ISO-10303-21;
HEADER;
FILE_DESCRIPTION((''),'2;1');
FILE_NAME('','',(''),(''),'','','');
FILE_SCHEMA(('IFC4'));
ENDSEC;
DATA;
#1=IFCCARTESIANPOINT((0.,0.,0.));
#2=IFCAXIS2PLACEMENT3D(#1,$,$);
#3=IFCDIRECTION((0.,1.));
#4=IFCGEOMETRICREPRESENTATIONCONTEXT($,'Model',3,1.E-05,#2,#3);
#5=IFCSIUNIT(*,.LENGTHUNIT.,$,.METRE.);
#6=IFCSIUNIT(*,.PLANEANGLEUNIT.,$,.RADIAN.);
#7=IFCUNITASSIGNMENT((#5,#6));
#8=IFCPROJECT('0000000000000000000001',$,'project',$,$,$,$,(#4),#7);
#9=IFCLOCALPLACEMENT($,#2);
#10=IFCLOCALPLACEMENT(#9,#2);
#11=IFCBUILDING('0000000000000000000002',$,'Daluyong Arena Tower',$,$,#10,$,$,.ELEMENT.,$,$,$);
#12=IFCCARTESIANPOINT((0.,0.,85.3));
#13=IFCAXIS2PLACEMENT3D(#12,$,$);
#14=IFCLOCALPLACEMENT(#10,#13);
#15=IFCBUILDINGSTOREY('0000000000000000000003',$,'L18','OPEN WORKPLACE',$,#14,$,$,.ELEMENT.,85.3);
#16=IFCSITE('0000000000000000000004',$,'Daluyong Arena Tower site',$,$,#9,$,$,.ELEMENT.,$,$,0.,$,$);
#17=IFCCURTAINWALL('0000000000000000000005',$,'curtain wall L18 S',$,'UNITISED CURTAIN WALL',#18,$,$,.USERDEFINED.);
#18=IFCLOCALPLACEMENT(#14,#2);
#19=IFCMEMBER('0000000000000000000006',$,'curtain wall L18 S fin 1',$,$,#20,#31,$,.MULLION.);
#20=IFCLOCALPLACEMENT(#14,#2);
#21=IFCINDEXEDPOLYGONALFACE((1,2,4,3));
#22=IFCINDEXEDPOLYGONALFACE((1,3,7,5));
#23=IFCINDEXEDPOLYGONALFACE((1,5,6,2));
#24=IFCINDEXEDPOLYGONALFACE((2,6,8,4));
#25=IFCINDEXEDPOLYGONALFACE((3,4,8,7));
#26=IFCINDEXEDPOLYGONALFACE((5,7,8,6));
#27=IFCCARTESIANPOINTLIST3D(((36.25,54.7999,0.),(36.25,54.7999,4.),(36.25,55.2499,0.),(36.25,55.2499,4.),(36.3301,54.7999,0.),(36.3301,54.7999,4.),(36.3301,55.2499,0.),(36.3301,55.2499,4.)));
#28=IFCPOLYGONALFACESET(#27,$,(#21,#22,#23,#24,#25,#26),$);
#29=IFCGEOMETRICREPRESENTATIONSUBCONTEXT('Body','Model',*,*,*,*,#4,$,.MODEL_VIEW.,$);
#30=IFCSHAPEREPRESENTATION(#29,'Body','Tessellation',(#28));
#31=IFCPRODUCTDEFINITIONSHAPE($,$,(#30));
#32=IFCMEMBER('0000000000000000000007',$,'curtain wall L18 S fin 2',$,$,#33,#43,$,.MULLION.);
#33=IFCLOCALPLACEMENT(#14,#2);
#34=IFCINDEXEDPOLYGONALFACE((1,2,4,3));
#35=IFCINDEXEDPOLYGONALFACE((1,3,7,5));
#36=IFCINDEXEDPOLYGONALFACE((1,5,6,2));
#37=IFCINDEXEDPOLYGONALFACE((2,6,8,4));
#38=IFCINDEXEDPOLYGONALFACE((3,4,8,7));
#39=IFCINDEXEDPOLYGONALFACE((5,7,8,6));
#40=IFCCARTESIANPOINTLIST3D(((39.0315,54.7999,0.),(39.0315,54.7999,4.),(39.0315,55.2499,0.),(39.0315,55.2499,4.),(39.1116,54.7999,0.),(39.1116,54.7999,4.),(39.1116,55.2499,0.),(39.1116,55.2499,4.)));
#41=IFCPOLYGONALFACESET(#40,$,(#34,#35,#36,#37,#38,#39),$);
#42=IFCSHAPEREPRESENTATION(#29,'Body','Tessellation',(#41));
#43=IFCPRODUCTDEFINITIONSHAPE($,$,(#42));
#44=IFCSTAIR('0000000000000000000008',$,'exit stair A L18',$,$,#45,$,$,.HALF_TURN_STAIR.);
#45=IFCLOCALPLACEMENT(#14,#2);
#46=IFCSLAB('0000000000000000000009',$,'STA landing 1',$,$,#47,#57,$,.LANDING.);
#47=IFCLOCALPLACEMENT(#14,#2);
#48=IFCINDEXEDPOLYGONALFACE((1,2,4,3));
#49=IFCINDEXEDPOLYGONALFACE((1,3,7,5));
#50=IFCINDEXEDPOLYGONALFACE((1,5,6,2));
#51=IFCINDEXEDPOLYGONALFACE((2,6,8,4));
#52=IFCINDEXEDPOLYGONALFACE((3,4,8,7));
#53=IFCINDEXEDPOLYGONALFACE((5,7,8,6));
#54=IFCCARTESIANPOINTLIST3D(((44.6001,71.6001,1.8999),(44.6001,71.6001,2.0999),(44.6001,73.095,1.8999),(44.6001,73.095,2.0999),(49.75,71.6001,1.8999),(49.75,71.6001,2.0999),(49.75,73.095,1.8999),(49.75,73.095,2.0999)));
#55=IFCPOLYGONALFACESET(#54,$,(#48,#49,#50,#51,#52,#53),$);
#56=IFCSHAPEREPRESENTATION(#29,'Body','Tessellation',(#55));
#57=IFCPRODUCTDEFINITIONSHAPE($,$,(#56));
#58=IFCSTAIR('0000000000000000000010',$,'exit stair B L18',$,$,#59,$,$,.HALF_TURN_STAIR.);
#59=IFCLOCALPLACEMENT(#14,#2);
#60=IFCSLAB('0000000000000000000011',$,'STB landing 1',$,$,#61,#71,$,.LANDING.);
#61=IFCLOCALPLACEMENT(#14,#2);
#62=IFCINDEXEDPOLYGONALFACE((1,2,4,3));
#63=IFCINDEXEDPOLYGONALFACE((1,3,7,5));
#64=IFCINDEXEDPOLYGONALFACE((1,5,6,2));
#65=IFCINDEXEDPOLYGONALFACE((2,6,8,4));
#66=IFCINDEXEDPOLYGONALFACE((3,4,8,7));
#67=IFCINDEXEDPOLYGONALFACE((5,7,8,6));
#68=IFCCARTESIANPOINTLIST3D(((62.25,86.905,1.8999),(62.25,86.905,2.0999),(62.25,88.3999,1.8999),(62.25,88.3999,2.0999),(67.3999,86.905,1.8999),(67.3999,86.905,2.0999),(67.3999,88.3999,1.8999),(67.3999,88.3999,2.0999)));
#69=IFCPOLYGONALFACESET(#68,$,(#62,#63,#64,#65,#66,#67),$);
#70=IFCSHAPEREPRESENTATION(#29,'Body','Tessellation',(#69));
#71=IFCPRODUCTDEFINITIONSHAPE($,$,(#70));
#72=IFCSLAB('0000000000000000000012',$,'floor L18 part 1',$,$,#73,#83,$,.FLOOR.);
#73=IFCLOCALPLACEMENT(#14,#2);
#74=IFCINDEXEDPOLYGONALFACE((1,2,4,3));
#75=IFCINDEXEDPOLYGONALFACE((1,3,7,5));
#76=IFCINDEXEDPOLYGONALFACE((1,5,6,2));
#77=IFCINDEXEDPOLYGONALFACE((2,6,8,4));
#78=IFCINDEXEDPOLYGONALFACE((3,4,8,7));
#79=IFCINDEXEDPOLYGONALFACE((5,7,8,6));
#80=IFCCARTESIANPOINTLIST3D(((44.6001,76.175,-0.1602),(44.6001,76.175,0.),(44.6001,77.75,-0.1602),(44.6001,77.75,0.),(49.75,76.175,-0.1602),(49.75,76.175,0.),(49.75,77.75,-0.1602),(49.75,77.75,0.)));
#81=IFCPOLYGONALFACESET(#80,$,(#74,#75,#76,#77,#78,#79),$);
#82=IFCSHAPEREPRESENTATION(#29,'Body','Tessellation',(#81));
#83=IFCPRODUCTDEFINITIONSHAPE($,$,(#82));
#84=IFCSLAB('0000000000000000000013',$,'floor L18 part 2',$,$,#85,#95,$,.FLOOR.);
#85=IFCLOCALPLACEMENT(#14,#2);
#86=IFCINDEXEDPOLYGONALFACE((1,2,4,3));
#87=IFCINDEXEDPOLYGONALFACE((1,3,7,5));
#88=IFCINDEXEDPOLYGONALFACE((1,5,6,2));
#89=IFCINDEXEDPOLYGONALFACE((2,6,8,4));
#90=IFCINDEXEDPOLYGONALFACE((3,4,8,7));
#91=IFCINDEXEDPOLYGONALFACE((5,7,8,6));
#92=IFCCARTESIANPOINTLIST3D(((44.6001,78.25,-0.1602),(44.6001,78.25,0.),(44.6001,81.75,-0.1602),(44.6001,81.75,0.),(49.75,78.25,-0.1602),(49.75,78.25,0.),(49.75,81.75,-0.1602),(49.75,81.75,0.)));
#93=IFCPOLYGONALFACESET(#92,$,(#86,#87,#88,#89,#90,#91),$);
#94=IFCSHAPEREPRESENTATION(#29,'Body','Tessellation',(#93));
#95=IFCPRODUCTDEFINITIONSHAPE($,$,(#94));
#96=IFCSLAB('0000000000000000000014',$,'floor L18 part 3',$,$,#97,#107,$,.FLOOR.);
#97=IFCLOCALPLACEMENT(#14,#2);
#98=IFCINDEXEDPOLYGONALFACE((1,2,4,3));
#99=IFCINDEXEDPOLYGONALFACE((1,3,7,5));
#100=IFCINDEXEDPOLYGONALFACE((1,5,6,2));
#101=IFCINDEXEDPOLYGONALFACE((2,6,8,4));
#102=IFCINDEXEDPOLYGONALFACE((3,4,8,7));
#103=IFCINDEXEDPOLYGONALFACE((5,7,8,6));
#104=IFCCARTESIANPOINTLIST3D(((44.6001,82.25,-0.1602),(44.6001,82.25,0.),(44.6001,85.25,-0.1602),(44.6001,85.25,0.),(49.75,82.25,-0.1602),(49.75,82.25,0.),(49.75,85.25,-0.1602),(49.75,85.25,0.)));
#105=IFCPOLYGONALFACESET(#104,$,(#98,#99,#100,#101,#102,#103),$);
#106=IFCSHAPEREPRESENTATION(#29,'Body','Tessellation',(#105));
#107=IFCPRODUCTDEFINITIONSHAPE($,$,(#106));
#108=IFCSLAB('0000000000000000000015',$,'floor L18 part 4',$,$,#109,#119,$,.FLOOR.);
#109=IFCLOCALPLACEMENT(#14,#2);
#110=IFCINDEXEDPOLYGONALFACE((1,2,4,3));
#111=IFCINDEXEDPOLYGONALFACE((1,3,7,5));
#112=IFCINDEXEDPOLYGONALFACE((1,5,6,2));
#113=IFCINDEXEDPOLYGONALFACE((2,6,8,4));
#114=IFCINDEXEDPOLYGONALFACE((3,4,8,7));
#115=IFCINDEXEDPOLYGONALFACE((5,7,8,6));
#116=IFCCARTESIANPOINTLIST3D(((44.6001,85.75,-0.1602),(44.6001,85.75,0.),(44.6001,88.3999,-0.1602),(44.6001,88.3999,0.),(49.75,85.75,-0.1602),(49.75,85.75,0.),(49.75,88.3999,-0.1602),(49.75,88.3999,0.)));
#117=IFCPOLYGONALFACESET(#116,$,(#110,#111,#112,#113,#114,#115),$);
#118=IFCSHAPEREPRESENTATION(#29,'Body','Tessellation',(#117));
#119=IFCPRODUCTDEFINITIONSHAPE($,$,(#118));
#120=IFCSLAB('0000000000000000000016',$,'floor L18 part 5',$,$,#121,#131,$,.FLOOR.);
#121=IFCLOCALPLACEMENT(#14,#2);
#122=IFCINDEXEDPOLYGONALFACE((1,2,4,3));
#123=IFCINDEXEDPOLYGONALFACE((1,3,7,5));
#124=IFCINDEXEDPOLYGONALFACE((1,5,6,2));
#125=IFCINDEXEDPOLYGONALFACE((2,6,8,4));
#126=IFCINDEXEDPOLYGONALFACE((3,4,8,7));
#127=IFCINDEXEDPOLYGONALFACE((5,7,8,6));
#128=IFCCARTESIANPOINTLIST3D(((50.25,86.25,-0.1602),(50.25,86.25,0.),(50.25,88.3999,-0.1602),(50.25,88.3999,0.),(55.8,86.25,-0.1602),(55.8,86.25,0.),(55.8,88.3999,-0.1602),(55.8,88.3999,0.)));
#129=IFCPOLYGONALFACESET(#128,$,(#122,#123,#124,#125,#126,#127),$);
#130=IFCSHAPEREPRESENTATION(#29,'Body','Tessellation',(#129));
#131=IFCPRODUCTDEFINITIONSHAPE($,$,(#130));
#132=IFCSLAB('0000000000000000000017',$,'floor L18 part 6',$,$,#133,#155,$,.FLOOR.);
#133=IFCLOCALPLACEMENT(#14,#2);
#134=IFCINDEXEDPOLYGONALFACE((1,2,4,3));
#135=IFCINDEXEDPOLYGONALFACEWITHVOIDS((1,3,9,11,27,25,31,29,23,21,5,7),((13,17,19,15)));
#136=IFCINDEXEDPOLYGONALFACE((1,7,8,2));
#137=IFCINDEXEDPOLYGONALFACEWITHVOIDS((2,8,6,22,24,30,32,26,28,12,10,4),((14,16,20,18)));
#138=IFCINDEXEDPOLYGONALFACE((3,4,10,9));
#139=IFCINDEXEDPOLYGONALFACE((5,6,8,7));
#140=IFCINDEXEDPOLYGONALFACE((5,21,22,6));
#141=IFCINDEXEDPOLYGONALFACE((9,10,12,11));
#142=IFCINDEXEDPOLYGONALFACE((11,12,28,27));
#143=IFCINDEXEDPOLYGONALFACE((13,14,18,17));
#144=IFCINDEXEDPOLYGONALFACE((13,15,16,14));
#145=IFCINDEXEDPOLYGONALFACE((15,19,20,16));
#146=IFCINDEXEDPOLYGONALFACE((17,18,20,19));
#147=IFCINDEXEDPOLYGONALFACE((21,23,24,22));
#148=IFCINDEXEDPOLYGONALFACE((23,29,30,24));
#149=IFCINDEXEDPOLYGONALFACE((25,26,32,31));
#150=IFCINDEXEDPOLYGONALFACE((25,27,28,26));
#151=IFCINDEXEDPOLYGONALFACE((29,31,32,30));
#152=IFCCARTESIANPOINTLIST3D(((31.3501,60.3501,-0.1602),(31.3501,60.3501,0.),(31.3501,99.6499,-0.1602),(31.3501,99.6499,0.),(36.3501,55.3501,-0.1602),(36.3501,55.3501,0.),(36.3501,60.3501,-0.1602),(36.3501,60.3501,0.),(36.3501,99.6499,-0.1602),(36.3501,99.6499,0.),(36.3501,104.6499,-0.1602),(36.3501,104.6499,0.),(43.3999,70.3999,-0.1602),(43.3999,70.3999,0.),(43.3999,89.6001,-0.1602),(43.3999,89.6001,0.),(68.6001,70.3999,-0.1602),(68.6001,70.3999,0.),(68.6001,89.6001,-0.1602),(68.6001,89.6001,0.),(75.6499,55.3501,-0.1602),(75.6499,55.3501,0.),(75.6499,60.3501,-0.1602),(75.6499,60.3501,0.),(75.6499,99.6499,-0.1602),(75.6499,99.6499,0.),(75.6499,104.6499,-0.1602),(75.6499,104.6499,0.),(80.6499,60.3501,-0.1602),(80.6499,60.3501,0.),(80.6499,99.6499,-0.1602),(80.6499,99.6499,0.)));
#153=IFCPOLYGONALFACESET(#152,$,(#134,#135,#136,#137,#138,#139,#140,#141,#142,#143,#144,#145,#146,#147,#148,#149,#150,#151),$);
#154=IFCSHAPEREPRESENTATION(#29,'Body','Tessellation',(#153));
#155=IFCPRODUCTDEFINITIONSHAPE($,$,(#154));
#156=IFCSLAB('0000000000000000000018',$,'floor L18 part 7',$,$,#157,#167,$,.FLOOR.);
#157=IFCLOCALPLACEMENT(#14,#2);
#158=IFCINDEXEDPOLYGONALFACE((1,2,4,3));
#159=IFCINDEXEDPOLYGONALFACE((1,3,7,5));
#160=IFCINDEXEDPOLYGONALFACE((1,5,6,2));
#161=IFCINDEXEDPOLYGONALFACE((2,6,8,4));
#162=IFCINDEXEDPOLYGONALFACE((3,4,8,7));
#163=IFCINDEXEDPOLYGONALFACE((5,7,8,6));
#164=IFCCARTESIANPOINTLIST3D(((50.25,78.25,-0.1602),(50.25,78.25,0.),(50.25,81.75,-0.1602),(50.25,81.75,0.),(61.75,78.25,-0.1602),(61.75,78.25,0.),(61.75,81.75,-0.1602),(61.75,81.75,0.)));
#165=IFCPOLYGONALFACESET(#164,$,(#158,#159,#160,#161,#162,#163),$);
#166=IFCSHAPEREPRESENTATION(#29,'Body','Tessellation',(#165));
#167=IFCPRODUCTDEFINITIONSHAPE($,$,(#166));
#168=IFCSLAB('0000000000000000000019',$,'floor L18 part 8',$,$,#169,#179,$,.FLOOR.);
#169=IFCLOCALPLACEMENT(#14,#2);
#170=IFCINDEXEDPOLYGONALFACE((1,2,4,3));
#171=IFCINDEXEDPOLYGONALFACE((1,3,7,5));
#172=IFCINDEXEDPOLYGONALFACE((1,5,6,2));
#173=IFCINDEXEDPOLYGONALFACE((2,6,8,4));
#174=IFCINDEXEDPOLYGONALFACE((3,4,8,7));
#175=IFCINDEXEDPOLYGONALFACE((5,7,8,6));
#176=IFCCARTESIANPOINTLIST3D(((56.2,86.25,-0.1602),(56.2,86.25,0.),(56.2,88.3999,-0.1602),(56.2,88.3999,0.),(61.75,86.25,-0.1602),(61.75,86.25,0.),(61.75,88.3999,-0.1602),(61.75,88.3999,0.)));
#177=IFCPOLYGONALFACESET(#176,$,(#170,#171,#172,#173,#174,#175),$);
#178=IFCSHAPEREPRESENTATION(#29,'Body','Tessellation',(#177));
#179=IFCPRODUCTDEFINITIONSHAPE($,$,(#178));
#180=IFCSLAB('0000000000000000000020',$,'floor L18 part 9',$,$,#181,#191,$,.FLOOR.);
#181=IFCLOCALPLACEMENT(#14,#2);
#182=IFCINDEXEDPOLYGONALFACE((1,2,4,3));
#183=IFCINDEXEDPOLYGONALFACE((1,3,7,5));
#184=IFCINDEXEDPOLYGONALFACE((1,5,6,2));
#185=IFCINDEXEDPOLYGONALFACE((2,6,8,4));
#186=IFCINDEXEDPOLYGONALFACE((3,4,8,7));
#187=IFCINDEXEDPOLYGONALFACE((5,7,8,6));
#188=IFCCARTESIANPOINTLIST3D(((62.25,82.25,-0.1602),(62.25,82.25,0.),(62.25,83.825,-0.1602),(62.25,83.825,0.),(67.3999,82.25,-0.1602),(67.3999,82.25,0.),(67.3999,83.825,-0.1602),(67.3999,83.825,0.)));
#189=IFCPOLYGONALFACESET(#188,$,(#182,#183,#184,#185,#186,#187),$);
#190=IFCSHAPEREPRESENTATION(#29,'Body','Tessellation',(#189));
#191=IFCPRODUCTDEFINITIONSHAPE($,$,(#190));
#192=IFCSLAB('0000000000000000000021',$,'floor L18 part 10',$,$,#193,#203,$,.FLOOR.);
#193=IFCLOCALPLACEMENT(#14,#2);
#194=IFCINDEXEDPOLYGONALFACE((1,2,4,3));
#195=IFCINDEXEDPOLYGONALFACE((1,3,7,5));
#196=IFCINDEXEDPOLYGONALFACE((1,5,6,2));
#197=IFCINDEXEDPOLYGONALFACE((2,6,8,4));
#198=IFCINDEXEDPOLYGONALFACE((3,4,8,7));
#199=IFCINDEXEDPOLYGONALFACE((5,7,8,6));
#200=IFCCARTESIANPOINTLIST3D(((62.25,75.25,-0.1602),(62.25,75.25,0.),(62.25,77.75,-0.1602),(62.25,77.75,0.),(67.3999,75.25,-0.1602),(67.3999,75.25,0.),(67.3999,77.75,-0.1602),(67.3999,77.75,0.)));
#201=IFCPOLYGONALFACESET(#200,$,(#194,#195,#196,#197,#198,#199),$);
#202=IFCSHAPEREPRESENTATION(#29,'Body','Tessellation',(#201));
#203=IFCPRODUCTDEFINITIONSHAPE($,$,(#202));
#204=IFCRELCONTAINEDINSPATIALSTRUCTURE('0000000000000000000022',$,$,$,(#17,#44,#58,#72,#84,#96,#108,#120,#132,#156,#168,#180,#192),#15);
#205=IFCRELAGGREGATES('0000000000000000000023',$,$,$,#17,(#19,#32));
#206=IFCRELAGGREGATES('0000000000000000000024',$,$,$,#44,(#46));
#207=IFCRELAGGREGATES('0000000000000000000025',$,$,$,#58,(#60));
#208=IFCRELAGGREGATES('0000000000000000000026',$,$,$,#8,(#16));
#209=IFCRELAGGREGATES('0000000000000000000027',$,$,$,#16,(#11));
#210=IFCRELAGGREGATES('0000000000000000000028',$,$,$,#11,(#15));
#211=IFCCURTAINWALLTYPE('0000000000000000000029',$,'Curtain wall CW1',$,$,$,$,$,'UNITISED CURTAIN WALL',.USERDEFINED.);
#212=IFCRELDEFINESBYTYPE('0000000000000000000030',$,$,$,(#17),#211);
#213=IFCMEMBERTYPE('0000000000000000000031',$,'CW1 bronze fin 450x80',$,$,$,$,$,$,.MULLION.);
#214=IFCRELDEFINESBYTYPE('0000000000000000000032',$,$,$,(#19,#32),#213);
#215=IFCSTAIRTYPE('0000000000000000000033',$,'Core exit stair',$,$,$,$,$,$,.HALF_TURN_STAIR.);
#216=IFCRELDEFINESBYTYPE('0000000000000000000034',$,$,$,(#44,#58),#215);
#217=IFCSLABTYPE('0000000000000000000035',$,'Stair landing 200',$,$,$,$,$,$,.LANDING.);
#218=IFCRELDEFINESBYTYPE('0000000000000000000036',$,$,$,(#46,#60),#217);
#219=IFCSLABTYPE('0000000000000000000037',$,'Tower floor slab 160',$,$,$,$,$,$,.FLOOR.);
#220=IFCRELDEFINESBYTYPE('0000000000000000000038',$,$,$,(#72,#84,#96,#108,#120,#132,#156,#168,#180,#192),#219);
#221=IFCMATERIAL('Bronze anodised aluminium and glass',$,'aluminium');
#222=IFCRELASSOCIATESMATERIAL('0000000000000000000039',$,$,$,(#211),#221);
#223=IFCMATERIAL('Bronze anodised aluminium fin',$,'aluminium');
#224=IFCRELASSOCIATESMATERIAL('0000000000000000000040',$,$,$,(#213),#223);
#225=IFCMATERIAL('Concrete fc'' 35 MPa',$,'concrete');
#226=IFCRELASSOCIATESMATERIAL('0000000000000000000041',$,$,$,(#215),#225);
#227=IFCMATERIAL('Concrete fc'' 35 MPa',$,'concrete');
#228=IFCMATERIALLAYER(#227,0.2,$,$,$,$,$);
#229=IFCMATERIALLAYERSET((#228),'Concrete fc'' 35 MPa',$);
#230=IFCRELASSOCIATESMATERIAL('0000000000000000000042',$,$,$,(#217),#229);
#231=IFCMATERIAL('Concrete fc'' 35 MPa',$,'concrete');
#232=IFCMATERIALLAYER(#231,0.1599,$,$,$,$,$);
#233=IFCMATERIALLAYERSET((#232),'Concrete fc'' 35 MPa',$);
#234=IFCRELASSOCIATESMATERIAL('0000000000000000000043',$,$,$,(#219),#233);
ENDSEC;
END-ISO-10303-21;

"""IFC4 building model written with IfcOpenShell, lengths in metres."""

from ifc_helpers import new_model, si_unit, direction, frame, origin, origin_2d, place, context, subcontext, project, spatial, polyline, rectangle, outline, extrude, material, layer, layer_set, material_profile, profile_set, type_object, element, aggregate, save


model = new_model("IFC4")

# Units and contexts
model_context = context("Model", 3, precision=1e-05, world=origin(), true_north=direction((0.0, 1.0)))
body_context = subcontext(model_context, "Body", "Model", "MODEL_VIEW")
ifc_project = project(units=[si_unit("LENGTHUNIT", "METRE"), si_unit("PLANEANGLEUNIT", "RADIAN")], contexts=[model_context])

# Site, building, storey
site_placement = place(None, origin())
site = spatial("IfcSite", under=ifc_project, at=site_placement, Name="Daluyong Arena Tower site", CompositionType="ELEMENT", RefElevation=0.0)
building_placement = place(site_placement, origin())
building = spatial("IfcBuilding", under=site, at=building_placement, Name="Daluyong Arena Tower", CompositionType="ELEMENT")
storey_placement = place(building_placement, frame((0.0, 0.0, 85.3)))
storey = spatial("IfcBuildingStorey", under=building, at=storey_placement, Name="L18", Description="OPEN WORKPLACE", CompositionType="ELEMENT", Elevation=85.3)

# Curtain wall, members
ifc_material_1 = material(Name="Bronze anodised aluminium and glass", Category="aluminium")
curtain_wall_type = type_object("IfcCurtainWallType", Name="Curtain wall CW1", ElementType="UNITISED CURTAIN WALL", PredefinedType="USERDEFINED", material=ifc_material_1)
curtain_wall_placement = place(storey_placement, origin())
curtain_wall = element("IfcCurtainWall", 1, at=curtain_wall_placement, inside=storey, type_object=curtain_wall_type, Name="curtain wall L18 S", ObjectType="UNITISED CURTAIN WALL", PredefinedType="USERDEFINED")
ifc_material_2 = material(Name="Bronze anodised aluminium fin", Category="aluminium")
ifc_material_profile = material_profile(ifc_material_2, rectangle(XDim=0.45, YDim=0.0801, at=origin_2d()))
ifc_profile_set = profile_set([ifc_material_profile], Name="Bronze anodised aluminium fin")
member_type = type_object("IfcMemberType", Name="CW1 bronze fin 450x80", PredefinedType="MULLION", material=ifc_profile_set)
member_1_placement = place(storey_placement, frame((36.29, 55.0249, 0.0), z_axis=(0.0, 0.0, 1.0), x_axis=(0.0, 1.0, 0.0)))
member_1 = element("IfcMember", 2, at=member_1_placement, type_object=member_type, Name="curtain wall L18 S fin 1", PredefinedType="MULLION", context=body_context, shape_type="SweptSolid", body=[
    extrude(rectangle(XDim=0.45, YDim=0.0801, at=origin_2d()), origin(), (0.0, 0.0, 1.0), 4.0),
])
member_2_placement = place(storey_placement, frame((39.0715, 55.0249, 0.0), z_axis=(0.0, 0.0, 1.0), x_axis=(0.0, 1.0, 0.0)))
member_2 = element("IfcMember", 3, at=member_2_placement, type_object=member_type, Name="curtain wall L18 S fin 2", PredefinedType="MULLION", context=body_context, shape_type="SweptSolid", body=[
    extrude(rectangle(XDim=0.45, YDim=0.0801, at=origin_2d()), origin(), (0.0, 0.0, 1.0), 4.0),
])
aggregate(curtain_wall, [member_1, member_2])

# Stairs, slabs
ifc_material_3 = material(Name="Concrete fc' 35 MPa", Category="concrete")
stair_type = type_object("IfcStairType", Name="Core exit stair", PredefinedType="HALF_TURN_STAIR", material=ifc_material_3)
stair_1_placement = place(storey_placement, origin())
stair_1 = element("IfcStair", 4, at=stair_1_placement, inside=storey, type_object=stair_type, Name="exit stair A L18", PredefinedType="HALF_TURN_STAIR")
ifc_material_4 = material(Name="Concrete fc' 35 MPa", Category="concrete")
ifc_layer_1 = layer(ifc_material_4, 0.2)
ifc_layer_set_1 = layer_set([ifc_layer_1], Name="Concrete fc' 35 MPa")
slab_type_1 = type_object("IfcSlabType", Name="Stair landing 200", PredefinedType="LANDING", material=ifc_layer_set_1)
slab_1_placement = place(storey_placement, frame((0.0, 0.0, 1.8999)))
slab_1 = element("IfcSlab", 5, at=slab_1_placement, type_object=slab_type_1, Name="STA landing 1", PredefinedType="LANDING", context=body_context, shape_type="SweptSolid", body=[
    extrude(outline(polyline([(44.6001, 71.6001), (49.75, 71.6001), (49.75, 73.095), (44.6001, 73.095), (44.6001, 71.6001)])), origin(), (0.0, 0.0, 1.0), 0.2),
])
aggregate(stair_1, [slab_1])
stair_2_placement = place(storey_placement, origin())
stair_2 = element("IfcStair", 6, at=stair_2_placement, inside=storey, type_object=stair_type, Name="exit stair B L18", PredefinedType="HALF_TURN_STAIR")
slab_2_placement = place(storey_placement, frame((0.0, 0.0, 1.8999)))
slab_2 = element("IfcSlab", 7, at=slab_2_placement, type_object=slab_type_1, Name="STB landing 1", PredefinedType="LANDING", context=body_context, shape_type="SweptSolid", body=[
    extrude(outline(polyline([(62.25, 86.905), (67.3999, 86.905), (67.3999, 88.3999), (62.25, 88.3999), (62.25, 86.905)])), origin(), (0.0, 0.0, 1.0), 0.2),
])
aggregate(stair_2, [slab_2])

# Slabs
ifc_material_5 = material(Name="Concrete fc' 35 MPa", Category="concrete")
ifc_layer_2 = layer(ifc_material_5, 0.1599)
ifc_layer_set_2 = layer_set([ifc_layer_2], Name="Concrete fc' 35 MPa")
slab_type_2 = type_object("IfcSlabType", Name="Tower floor slab 160", PredefinedType="FLOOR", material=ifc_layer_set_2)
slab_3_placement = place(storey_placement, frame((0.0, 0.0, -0.1602)))
element("IfcSlab", 8, at=slab_3_placement, inside=storey, type_object=slab_type_2, Name="floor L18 part 1", PredefinedType="FLOOR", context=body_context, shape_type="SweptSolid", body=[
    extrude(outline(polyline([(49.75, 76.175), (49.75, 77.75), (44.6001, 77.75), (44.6001, 76.175), (49.75, 76.175)])), origin(), (0.0, 0.0, 1.0), 0.1602),
])
slab_4_placement = place(storey_placement, frame((0.0, 0.0, -0.1602)))
element("IfcSlab", 9, at=slab_4_placement, inside=storey, type_object=slab_type_2, Name="floor L18 part 2", PredefinedType="FLOOR", context=body_context, shape_type="SweptSolid", body=[
    extrude(outline(polyline([(49.75, 78.25), (49.75, 81.75), (44.6001, 81.75), (44.6001, 78.25), (49.75, 78.25)])), origin(), (0.0, 0.0, 1.0), 0.1602),
])
slab_5_placement = place(storey_placement, frame((0.0, 0.0, -0.1602)))
element("IfcSlab", 10, at=slab_5_placement, inside=storey, type_object=slab_type_2, Name="floor L18 part 3", PredefinedType="FLOOR", context=body_context, shape_type="SweptSolid", body=[
    extrude(outline(polyline([(49.75, 82.25), (49.75, 85.25), (44.6001, 85.25), (44.6001, 82.25), (49.75, 82.25)])), origin(), (0.0, 0.0, 1.0), 0.1602),
])
slab_6_placement = place(storey_placement, frame((0.0, 0.0, -0.1602)))
element("IfcSlab", 11, at=slab_6_placement, inside=storey, type_object=slab_type_2, Name="floor L18 part 4", PredefinedType="FLOOR", context=body_context, shape_type="SweptSolid", body=[
    extrude(outline(polyline([(44.6001, 88.3999), (44.6001, 85.75), (49.75, 85.75), (49.75, 88.3999), (44.6001, 88.3999)])), origin(), (0.0, 0.0, 1.0), 0.1602),
])
slab_7_placement = place(storey_placement, frame((0.0, 0.0, -0.1602)))
element("IfcSlab", 12, at=slab_7_placement, inside=storey, type_object=slab_type_2, Name="floor L18 part 5", PredefinedType="FLOOR", context=body_context, shape_type="SweptSolid", body=[
    extrude(outline(polyline([(50.25, 88.3999), (50.25, 86.25), (55.8, 86.25), (55.8, 88.3999), (50.25, 88.3999)])), origin(), (0.0, 0.0, 1.0), 0.1602),
])
slab_8_placement = place(storey_placement, frame((0.0, 0.0, -0.1602)))
element("IfcSlab", 13, at=slab_8_placement, inside=storey, type_object=slab_type_2, Name="floor L18 part 6", PredefinedType="FLOOR", context=body_context, shape_type="SweptSolid", body=[
    extrude(outline(polyline([(36.3501, 60.3501), (36.3501, 55.3501), (75.6499, 55.3501), (75.6499, 60.3501), (80.6499, 60.3501), (80.6499, 99.6499), (75.6499, 99.6499), (75.6499, 104.6499), (36.3501, 104.6499), (36.3501, 99.6499), (31.3501, 99.6499), (31.3501, 60.3501), (36.3501, 60.3501)]), holes=[polyline([(68.6001, 89.6001), (68.6001, 70.3999), (43.3999, 70.3999), (43.3999, 89.6001), (68.6001, 89.6001)])]), origin(), (0.0, 0.0, 1.0), 0.1602),
])
slab_9_placement = place(storey_placement, frame((0.0, 0.0, -0.1602)))
element("IfcSlab", 14, at=slab_9_placement, inside=storey, type_object=slab_type_2, Name="floor L18 part 7", PredefinedType="FLOOR", context=body_context, shape_type="SweptSolid", body=[
    extrude(outline(polyline([(61.75, 81.75), (50.25, 81.75), (50.25, 78.25), (61.75, 78.25), (61.75, 81.75)])), origin(), (0.0, 0.0, 1.0), 0.1602),
])
slab_10_placement = place(storey_placement, frame((0.0, 0.0, -0.1602)))
element("IfcSlab", 15, at=slab_10_placement, inside=storey, type_object=slab_type_2, Name="floor L18 part 8", PredefinedType="FLOOR", context=body_context, shape_type="SweptSolid", body=[
    extrude(outline(polyline([(56.2, 86.25), (61.75, 86.25), (61.75, 88.3999), (56.2, 88.3999), (56.2, 86.25)])), origin(), (0.0, 0.0, 1.0), 0.1602),
])
slab_11_placement = place(storey_placement, frame((0.0, 0.0, -0.1602)))
element("IfcSlab", 16, at=slab_11_placement, inside=storey, type_object=slab_type_2, Name="floor L18 part 9", PredefinedType="FLOOR", context=body_context, shape_type="SweptSolid", body=[
    extrude(outline(polyline([(67.3999, 82.25), (67.3999, 83.825), (62.25, 83.825), (62.25, 82.25), (67.3999, 82.25)])), origin(), (0.0, 0.0, 1.0), 0.1602),
])
slab_12_placement = place(storey_placement, frame((0.0, 0.0, -0.1602)))
element("IfcSlab", 17, at=slab_12_placement, inside=storey, type_object=slab_type_2, Name="floor L18 part 10", PredefinedType="FLOOR", context=body_context, shape_type="SweptSolid", body=[
    extrude(outline(polyline([(67.3999, 75.25), (67.3999, 77.75), (62.25, 77.75), (62.25, 75.25), (67.3999, 75.25)])), origin(), (0.0, 0.0, 1.0), 0.1602),
])

save(model, "model.ifc")
